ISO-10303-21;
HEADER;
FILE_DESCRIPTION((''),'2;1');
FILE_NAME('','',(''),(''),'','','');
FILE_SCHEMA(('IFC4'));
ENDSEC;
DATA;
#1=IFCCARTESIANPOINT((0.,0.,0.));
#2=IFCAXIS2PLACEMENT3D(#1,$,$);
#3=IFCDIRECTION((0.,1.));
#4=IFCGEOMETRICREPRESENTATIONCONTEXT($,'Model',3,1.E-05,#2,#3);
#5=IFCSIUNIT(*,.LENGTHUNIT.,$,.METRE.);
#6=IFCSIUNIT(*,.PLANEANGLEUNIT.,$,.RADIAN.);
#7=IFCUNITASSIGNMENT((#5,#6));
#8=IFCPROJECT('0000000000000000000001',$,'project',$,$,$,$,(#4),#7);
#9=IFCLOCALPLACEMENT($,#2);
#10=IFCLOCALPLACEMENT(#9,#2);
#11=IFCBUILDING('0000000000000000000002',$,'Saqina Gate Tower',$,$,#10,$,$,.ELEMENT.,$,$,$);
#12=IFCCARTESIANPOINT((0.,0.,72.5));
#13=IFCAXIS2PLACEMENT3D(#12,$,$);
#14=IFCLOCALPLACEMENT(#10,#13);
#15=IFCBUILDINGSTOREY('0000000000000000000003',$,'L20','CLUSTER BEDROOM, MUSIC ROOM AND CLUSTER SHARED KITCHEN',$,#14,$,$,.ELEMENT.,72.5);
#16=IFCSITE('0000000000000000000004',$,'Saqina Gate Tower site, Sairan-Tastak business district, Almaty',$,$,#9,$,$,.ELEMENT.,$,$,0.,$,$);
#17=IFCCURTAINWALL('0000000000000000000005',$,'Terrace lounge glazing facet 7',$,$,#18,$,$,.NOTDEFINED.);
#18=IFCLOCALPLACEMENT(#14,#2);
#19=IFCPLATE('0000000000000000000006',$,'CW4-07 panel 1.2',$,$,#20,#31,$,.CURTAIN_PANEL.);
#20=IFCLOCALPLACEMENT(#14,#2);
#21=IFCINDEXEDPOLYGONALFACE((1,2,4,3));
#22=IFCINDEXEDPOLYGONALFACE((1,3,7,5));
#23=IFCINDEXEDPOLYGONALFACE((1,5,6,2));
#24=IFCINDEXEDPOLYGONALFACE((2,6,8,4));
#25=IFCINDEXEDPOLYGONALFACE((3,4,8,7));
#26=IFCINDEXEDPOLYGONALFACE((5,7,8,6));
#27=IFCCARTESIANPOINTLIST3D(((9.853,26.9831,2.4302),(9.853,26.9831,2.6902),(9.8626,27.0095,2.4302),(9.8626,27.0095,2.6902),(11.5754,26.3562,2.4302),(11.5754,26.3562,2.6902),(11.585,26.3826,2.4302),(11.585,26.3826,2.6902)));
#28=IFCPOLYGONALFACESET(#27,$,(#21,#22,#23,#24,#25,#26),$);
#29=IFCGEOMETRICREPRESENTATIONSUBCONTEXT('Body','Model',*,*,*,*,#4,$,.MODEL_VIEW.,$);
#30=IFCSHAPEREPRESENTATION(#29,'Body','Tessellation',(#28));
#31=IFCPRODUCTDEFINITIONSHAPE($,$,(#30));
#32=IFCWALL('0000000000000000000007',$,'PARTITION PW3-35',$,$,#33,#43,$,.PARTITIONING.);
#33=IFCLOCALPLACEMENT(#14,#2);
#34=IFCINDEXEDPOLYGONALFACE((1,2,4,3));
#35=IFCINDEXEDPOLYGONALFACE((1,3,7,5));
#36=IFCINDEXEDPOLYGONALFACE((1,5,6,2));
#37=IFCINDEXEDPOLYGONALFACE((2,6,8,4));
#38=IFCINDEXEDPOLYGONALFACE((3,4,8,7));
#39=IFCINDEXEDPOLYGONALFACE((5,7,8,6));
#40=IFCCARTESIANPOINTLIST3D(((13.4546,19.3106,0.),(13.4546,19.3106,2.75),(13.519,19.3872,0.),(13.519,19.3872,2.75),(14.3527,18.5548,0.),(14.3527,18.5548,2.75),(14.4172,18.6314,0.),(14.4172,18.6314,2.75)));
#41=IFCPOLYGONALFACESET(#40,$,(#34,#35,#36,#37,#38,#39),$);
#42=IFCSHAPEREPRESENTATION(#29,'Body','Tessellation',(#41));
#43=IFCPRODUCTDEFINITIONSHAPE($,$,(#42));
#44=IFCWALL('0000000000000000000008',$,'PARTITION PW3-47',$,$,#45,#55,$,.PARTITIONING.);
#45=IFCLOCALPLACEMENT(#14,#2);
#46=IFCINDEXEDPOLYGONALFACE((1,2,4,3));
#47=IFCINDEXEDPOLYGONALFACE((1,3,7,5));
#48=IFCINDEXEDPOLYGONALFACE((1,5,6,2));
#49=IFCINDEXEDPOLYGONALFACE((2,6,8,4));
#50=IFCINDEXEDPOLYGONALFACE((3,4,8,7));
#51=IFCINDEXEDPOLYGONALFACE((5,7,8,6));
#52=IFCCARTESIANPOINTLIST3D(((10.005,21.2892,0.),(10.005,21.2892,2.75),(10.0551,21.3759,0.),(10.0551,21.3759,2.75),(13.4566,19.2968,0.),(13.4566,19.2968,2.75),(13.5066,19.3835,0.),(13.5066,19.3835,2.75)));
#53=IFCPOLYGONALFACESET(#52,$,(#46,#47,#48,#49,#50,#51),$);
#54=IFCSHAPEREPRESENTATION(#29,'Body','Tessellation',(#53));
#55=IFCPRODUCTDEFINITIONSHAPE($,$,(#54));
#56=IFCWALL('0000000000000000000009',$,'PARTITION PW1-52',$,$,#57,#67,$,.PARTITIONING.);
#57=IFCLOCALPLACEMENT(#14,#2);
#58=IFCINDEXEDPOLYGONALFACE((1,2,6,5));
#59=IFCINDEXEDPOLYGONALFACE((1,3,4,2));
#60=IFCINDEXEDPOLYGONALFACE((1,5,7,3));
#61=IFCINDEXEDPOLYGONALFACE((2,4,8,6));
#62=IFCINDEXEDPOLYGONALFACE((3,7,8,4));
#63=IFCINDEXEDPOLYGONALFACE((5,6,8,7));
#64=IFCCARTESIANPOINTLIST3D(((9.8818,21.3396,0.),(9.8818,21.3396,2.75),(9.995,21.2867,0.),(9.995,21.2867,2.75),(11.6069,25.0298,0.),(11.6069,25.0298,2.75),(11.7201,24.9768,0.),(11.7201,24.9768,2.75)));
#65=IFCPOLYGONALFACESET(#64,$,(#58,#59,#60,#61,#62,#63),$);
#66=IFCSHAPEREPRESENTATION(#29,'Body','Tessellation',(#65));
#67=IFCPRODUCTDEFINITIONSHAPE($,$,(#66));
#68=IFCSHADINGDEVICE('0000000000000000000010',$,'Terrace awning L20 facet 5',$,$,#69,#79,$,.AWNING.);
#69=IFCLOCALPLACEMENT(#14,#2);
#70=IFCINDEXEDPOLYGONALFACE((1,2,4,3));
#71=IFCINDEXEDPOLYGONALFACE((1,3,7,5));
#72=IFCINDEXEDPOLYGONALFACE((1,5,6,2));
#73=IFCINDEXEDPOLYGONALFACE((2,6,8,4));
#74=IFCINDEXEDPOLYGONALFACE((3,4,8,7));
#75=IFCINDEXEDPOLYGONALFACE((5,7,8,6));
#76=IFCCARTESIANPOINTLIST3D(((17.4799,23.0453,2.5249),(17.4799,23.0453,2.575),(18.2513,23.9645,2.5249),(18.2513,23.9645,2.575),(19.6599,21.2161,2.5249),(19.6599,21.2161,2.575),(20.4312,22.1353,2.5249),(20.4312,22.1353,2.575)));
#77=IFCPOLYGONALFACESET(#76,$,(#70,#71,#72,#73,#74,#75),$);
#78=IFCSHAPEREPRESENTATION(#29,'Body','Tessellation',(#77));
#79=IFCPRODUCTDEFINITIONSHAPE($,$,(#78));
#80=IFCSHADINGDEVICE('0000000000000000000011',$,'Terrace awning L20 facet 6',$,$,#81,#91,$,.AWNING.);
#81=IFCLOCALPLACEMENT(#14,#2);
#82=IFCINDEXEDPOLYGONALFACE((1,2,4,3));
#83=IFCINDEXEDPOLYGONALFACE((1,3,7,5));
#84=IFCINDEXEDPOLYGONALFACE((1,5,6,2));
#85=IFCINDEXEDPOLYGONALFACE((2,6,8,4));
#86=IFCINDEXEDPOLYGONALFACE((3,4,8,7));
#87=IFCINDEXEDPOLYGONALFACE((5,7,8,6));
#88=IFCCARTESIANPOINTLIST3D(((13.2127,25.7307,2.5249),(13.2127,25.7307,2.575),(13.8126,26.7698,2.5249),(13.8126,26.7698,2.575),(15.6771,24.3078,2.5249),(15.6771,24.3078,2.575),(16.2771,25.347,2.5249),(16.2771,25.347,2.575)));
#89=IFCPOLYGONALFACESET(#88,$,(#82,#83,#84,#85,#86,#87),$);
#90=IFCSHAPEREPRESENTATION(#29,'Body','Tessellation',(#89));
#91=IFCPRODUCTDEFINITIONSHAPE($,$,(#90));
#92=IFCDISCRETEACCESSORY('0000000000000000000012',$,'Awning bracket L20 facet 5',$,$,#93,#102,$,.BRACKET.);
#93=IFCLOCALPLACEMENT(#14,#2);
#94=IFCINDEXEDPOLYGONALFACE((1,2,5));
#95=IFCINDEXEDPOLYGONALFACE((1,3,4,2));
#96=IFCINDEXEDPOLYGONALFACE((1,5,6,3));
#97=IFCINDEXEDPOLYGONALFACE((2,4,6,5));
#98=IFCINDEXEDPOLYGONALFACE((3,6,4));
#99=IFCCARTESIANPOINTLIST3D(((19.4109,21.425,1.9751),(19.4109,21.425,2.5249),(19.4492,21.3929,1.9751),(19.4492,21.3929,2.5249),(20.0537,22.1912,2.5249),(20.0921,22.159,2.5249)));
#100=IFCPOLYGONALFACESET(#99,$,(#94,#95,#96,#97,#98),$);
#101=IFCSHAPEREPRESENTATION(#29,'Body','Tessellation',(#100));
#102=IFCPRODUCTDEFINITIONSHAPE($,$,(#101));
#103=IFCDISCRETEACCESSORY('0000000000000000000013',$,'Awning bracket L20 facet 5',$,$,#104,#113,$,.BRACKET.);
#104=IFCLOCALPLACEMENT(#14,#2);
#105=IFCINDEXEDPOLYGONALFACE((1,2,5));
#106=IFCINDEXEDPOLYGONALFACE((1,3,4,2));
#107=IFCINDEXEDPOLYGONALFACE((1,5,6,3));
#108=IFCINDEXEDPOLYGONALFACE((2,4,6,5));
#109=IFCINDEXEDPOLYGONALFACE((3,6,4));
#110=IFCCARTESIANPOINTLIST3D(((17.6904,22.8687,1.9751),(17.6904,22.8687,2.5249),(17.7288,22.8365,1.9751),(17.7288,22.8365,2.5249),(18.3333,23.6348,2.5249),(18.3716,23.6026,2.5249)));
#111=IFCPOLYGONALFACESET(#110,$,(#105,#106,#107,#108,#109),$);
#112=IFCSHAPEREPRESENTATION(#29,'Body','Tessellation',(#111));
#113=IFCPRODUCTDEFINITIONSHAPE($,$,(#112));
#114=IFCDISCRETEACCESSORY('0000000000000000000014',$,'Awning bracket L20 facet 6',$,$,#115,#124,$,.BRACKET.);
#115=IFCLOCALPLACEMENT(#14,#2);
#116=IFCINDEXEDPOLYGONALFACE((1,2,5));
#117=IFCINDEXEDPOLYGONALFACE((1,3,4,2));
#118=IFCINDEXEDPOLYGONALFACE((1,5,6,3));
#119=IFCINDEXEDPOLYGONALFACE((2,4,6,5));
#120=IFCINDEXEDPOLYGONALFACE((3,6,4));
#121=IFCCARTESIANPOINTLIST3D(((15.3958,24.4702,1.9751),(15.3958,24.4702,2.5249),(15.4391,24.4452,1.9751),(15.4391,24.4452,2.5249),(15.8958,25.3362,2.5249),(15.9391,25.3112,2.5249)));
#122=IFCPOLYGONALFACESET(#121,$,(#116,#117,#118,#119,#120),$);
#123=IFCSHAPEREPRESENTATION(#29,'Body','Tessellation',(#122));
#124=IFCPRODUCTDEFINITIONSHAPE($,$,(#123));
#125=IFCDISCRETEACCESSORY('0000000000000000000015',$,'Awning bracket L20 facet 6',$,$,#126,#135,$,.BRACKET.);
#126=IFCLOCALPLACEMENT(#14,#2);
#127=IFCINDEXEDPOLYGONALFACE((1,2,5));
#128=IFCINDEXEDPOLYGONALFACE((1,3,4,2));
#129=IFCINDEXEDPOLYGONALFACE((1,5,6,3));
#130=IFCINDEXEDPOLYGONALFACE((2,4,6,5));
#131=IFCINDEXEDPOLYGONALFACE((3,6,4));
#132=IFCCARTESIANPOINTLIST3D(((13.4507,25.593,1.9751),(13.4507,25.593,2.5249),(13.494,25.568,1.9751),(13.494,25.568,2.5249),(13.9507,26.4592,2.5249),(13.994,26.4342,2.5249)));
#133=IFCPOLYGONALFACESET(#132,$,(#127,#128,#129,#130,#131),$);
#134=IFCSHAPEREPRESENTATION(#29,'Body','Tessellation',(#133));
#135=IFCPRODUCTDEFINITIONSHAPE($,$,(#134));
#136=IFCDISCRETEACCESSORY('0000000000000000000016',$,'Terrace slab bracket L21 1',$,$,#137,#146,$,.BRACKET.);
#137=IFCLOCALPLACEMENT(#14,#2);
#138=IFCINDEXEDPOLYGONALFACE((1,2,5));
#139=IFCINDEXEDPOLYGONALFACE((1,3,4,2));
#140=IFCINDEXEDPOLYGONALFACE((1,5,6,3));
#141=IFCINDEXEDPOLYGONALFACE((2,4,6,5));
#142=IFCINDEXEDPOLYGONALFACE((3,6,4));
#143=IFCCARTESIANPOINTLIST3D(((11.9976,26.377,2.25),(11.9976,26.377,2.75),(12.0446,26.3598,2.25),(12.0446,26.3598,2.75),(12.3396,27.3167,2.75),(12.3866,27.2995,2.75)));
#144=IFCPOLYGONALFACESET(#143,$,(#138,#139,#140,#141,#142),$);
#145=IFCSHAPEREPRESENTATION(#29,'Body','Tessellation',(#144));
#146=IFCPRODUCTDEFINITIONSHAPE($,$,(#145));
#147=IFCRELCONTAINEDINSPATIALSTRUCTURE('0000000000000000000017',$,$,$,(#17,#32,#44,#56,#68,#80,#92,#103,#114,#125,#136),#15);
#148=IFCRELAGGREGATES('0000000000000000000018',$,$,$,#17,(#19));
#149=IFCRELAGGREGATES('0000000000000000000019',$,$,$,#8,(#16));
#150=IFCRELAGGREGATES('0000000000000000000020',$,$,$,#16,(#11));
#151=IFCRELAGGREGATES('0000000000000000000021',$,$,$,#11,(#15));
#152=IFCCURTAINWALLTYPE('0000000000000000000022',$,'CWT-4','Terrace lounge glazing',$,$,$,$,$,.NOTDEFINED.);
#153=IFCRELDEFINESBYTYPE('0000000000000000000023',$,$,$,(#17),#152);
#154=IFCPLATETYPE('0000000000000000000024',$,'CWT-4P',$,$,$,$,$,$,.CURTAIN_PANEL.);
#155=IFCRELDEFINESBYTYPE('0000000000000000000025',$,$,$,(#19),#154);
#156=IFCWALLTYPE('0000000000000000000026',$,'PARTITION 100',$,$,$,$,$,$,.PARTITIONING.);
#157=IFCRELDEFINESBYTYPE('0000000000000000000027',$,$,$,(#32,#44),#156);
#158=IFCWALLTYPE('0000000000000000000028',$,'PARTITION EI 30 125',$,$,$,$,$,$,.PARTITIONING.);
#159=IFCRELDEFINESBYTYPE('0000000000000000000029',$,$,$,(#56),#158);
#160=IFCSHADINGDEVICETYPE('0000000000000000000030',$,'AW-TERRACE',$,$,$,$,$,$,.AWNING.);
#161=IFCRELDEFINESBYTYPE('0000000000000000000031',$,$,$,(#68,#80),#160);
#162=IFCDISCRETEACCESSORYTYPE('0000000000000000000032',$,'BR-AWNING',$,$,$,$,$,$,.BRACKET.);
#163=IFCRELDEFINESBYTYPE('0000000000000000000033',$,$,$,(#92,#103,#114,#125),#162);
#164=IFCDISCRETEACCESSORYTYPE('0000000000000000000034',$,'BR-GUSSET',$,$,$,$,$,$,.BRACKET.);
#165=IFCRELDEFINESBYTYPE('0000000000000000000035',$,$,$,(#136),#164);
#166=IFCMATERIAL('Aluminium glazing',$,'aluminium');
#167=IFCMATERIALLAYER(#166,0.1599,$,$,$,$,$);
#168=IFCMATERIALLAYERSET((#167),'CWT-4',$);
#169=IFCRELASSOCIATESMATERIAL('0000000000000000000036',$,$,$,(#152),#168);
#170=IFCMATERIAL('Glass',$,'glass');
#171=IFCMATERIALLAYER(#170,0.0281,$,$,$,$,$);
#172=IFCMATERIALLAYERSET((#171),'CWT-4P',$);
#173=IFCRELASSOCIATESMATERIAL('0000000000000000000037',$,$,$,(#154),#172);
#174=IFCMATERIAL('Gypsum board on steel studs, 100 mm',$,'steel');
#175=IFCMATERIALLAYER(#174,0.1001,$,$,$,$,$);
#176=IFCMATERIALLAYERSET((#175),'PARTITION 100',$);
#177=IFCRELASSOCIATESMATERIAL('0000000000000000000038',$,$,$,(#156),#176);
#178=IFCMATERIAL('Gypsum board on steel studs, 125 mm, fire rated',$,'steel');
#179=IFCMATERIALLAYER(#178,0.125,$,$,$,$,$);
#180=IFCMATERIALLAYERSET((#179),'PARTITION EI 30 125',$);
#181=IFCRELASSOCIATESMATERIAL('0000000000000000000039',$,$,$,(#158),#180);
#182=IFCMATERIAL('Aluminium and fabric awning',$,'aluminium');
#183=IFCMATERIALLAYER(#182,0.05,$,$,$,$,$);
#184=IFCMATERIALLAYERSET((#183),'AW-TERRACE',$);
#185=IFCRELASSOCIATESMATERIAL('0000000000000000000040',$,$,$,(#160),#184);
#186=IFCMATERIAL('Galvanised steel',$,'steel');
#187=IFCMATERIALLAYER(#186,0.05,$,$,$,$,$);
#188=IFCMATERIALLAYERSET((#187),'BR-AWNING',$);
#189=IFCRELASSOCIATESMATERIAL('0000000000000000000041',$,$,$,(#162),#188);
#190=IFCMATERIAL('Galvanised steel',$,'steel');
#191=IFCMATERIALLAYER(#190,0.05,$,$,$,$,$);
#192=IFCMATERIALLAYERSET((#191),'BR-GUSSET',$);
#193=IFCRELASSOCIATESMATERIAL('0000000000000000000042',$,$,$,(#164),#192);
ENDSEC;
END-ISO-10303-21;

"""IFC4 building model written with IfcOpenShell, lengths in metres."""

from ifc_helpers import new_model, si_unit, direction, frame, frame_2d, origin, origin_2d, place, context, subcontext, project, spatial, polyline, rectangle, outline, extrude, material, layer, layer_set, type_object, element, aggregate, save


model = new_model("IFC4")

# Units and contexts
model_context = context("Model", 3, precision=1e-05, world=origin(), true_north=direction((0.0, 1.0)))
body_context = subcontext(model_context, "Body", "Model", "MODEL_VIEW")
ifc_project = project(units=[si_unit("LENGTHUNIT", "METRE"), si_unit("PLANEANGLEUNIT", "RADIAN")], contexts=[model_context])

# Site, building, storey
site_placement = place(None, origin())
site = spatial("IfcSite", under=ifc_project, at=site_placement, Name="Saqina Gate Tower site, Sairan-Tastak business district, Almaty", CompositionType="ELEMENT", RefElevation=0.0)
building_placement = place(site_placement, origin())
building = spatial("IfcBuilding", under=site, at=building_placement, Name="Saqina Gate Tower", CompositionType="ELEMENT")
storey_placement = place(building_placement, frame((0.0, 0.0, 72.5)))
storey = spatial("IfcBuildingStorey", under=building, at=storey_placement, Name="L20", Description="CLUSTER BEDROOM, MUSIC ROOM AND CLUSTER SHARED KITCHEN", CompositionType="ELEMENT", Elevation=72.5)

# Curtain wall
ifc_material_1 = material(Name="Aluminium glazing", Category="aluminium")
ifc_layer_1 = layer(ifc_material_1, 0.1599)
ifc_layer_set_1 = layer_set([ifc_layer_1], Name="CWT-4")
curtain_wall_type = type_object("IfcCurtainWallType", Name="CWT-4", Description="Terrace lounge glazing", PredefinedType="NOTDEFINED", material=ifc_layer_set_1)
curtain_wall_1_placement = place(storey_placement, origin())
curtain_wall_1 = element("IfcCurtainWall", 1, at=curtain_wall_1_placement, inside=storey, type_object=curtain_wall_type, Name="Terrace lounge glazing facet 7", PredefinedType="NOTDEFINED")

# Plate
ifc_material_2 = material(Name="Glass", Category="glass")
ifc_layer_2 = layer(ifc_material_2, 0.0281)
ifc_layer_set_2 = layer_set([ifc_layer_2], Name="CWT-4P")
plate_type = type_object("IfcPlateType", Name="CWT-4P", PredefinedType="CURTAIN_PANEL", material=ifc_layer_set_2)
plate_1_placement = place(storey_placement, frame((10.719, 26.6829, 2.4302), z_axis=(0.0, 0.0, 1.0), x_axis=(-0.939697, 0.342008, 0.0)))
plate_1 = element("IfcPlate", 2, at=plate_1_placement, type_object=plate_type, Name="CW4-07 panel 1.2", PredefinedType="CURTAIN_PANEL", context=body_context, shape_type="SweptSolid", body=[
    extrude(rectangle(XDim=1.833, YDim=0.0281, at=origin_2d()), origin(), (0.0, 0.0, 1.0), 0.26),
])
aggregate(curtain_wall_1, [plate_1])

# Walls
ifc_material_3 = material(Name="Gypsum board on steel studs, 100 mm", Category="steel")
ifc_layer_3 = layer(ifc_material_3, 0.1001)
ifc_layer_set_3 = layer_set([ifc_layer_3], Name="PARTITION 100")
wall_type_1 = type_object("IfcWallType", Name="PARTITION 100", PredefinedType="PARTITIONING", material=ifc_layer_set_3)
wall_1_placement = place(storey_placement, frame((13.4868, 19.3489, 0.0), z_axis=(0.0, 0.0, 1.0), x_axis=(0.765127, -0.64388, 0.0)))
element("IfcWall", 3, at=wall_1_placement, inside=storey, type_object=wall_type_1, Name="PARTITION PW3-35", PredefinedType="PARTITIONING", context=body_context, shape_type="SweptSolid", body=[
    extrude(rectangle(XDim=1.1738, YDim=0.1001, at=frame_2d((0.5869, 0.0))), origin(), (0.0, 0.0, 1.0), 2.75),
])
wall_2_placement = place(storey_placement, frame((10.03, 21.3325, 0.0), z_axis=(0.0, 0.0, 1.0), x_axis=(0.866067, -0.499927, 0.0)))
element("IfcWall", 4, at=wall_2_placement, inside=storey, type_object=wall_type_1, Name="PARTITION PW3-47", PredefinedType="PARTITIONING", context=body_context, shape_type="SweptSolid", body=[
    extrude(rectangle(XDim=3.9854, YDim=0.1001, at=frame_2d((1.9927, 0.0))), origin(), (0.0, 0.0, 1.0), 2.75),
])
ifc_material_4 = material(Name="Gypsum board on steel studs, 125 mm, fire rated", Category="steel")
ifc_layer_4 = layer(ifc_material_4, 0.125)
ifc_layer_set_4 = layer_set([ifc_layer_4], Name="PARTITION EI 30 125")
wall_type_2 = type_object("IfcWallType", Name="PARTITION EI 30 125", PredefinedType="PARTITIONING", material=ifc_layer_set_4)
wall_3_placement = place(storey_placement, frame((9.9385, 21.3132, 0.0), z_axis=(0.0, 0.0, 1.0), x_axis=(0.423492, 0.9059, 0.0)))
element("IfcWall", 5, at=wall_3_placement, inside=storey, type_object=wall_type_2, Name="PARTITION PW1-52", PredefinedType="PARTITIONING", context=body_context, shape_type="SweptSolid", body=[
    extrude(rectangle(XDim=4.0735, YDim=0.125, at=frame_2d((2.0366, 0.0))), origin(), (0.0, 0.0, 1.0), 2.75),
])

# Shading devices
ifc_material_5 = material(Name="Aluminium and fabric awning", Category="aluminium")
ifc_layer_5 = layer(ifc_material_5, 0.05)
ifc_layer_set_5 = layer_set([ifc_layer_5], Name="AW-TERRACE")
shading_device_type = type_object("IfcShadingDeviceType", Name="AW-TERRACE", PredefinedType="AWNING", material=ifc_layer_set_5)
for number, where, z_axis, x_axis, name in (
    (6, (18.9556, 22.5903, 2.5249), (0.0, 0.0, 1.0), (-0.766044, 0.642788, 0.0), "Terrace awning L20 facet 5"),
    (7, (14.7449, 25.5388, 2.5249), (0.0, 0.0, 1.0), (-0.866025, 0.5, 0.0), "Terrace awning L20 facet 6"),
):
    element("IfcShadingDevice", number, at=place(storey_placement, frame(where, z_axis=z_axis, x_axis=x_axis)), inside=storey, type_object=shading_device_type, Name=name, PredefinedType="AWNING", context=body_context, shape_type="SweptSolid", body=[
        extrude(rectangle(XDim=2.8457, YDim=1.2, at=origin_2d()), origin(), (0.0, 0.0, 1.0), 0.05),
    ])

# Discrete accessories
ifc_material_6 = material(Name="Galvanised steel", Category="steel")
ifc_layer_6 = layer(ifc_material_6, 0.05)
ifc_layer_set_6 = layer_set([ifc_layer_6], Name="BR-AWNING")
discrete_accessory_type_1 = type_object("IfcDiscreteAccessoryType", Name="BR-AWNING", PredefinedType="BRACKET", material=ifc_layer_set_6)
for number, where, z_axis, x_axis, name in (
    (8, (19.4109, 21.425, 1.9751), (-0.766056, 0.642774, 0.0), (0.0, 0.0, 1.0), "Awning bracket L20 facet 5"),
    (9, (17.6904, 22.8687, 1.9751), (-0.766056, 0.642774, 0.0), (0.0, 0.0, 1.0), "Awning bracket L20 facet 5"),
):
    element("IfcDiscreteAccessory", number, at=place(storey_placement, frame(where, z_axis=z_axis, x_axis=x_axis)), inside=storey, type_object=discrete_accessory_type_1, Name=name, PredefinedType="BRACKET", context=body_context, shape_type="SweptSolid", body=[
        extrude(outline(polyline([(0.0, 0.0), (0.5498, 0.0), (0.5498, 1.0001), (0.0, 0.0)])), origin(), (0.0, 0.0, -1.0), 0.05),
    ])
discrete_accessory_1_placement = place(storey_placement, frame((15.3958, 24.4702, 1.9751), z_axis=(-0.866011, 0.500025, 0.0), x_axis=(0.0, 0.0, 1.0)))
element("IfcDiscreteAccessory", 10, at=discrete_accessory_1_placement, inside=storey, type_object=discrete_accessory_type_1, Name="Awning bracket L20 facet 6", PredefinedType="BRACKET", context=body_context, shape_type="SweptSolid", body=[
    extrude(outline(polyline([(0.0, 0.0), (0.5498, 0.0), (0.5498, 0.9999), (0.0, 0.0)])), origin(), (0.0, 0.0, -1.0), 0.05),
])
discrete_accessory_2_placement = place(storey_placement, frame((13.4507, 25.593, 1.9751), z_axis=(-0.866072, 0.49992, 0.0), x_axis=(0.0, 0.0, 1.0)))
element("IfcDiscreteAccessory", 11, at=discrete_accessory_2_placement, inside=storey, type_object=discrete_accessory_type_1, Name="Awning bracket L20 facet 6", PredefinedType="BRACKET", context=body_context, shape_type="SweptSolid", body=[
    extrude(outline(polyline([(0.0, 0.0), (0.5498, 0.0), (0.5498, 1.0002), (0.0, 0.0)])), origin(), (0.0, 0.0, -1.0), 0.05),
])
ifc_material_7 = material(Name="Galvanised steel", Category="steel")
ifc_layer_7 = layer(ifc_material_7, 0.05)
ifc_layer_set_7 = layer_set([ifc_layer_7], Name="BR-GUSSET")
discrete_accessory_type_2 = type_object("IfcDiscreteAccessoryType", Name="BR-GUSSET", PredefinedType="BRACKET", material=ifc_layer_set_7)
discrete_accessory_3_placement = place(storey_placement, frame((11.9976, 26.377, 2.25), z_axis=(-0.939686, 0.342037, 0.0), x_axis=(0.0, 0.0, 1.0)))
element("IfcDiscreteAccessory", 12, at=discrete_accessory_3_placement, inside=storey, type_object=discrete_accessory_type_2, Name="Terrace slab bracket L21 1", PredefinedType="BRACKET", context=body_context, shape_type="SweptSolid", body=[
    extrude(outline(polyline([(0.0, 0.0), (0.5, 0.0), (0.5, 1.0), (0.0, 0.0)])), origin(), (0.0, 0.0, -1.0), 0.05),
])

save(model, "model.ifc")
